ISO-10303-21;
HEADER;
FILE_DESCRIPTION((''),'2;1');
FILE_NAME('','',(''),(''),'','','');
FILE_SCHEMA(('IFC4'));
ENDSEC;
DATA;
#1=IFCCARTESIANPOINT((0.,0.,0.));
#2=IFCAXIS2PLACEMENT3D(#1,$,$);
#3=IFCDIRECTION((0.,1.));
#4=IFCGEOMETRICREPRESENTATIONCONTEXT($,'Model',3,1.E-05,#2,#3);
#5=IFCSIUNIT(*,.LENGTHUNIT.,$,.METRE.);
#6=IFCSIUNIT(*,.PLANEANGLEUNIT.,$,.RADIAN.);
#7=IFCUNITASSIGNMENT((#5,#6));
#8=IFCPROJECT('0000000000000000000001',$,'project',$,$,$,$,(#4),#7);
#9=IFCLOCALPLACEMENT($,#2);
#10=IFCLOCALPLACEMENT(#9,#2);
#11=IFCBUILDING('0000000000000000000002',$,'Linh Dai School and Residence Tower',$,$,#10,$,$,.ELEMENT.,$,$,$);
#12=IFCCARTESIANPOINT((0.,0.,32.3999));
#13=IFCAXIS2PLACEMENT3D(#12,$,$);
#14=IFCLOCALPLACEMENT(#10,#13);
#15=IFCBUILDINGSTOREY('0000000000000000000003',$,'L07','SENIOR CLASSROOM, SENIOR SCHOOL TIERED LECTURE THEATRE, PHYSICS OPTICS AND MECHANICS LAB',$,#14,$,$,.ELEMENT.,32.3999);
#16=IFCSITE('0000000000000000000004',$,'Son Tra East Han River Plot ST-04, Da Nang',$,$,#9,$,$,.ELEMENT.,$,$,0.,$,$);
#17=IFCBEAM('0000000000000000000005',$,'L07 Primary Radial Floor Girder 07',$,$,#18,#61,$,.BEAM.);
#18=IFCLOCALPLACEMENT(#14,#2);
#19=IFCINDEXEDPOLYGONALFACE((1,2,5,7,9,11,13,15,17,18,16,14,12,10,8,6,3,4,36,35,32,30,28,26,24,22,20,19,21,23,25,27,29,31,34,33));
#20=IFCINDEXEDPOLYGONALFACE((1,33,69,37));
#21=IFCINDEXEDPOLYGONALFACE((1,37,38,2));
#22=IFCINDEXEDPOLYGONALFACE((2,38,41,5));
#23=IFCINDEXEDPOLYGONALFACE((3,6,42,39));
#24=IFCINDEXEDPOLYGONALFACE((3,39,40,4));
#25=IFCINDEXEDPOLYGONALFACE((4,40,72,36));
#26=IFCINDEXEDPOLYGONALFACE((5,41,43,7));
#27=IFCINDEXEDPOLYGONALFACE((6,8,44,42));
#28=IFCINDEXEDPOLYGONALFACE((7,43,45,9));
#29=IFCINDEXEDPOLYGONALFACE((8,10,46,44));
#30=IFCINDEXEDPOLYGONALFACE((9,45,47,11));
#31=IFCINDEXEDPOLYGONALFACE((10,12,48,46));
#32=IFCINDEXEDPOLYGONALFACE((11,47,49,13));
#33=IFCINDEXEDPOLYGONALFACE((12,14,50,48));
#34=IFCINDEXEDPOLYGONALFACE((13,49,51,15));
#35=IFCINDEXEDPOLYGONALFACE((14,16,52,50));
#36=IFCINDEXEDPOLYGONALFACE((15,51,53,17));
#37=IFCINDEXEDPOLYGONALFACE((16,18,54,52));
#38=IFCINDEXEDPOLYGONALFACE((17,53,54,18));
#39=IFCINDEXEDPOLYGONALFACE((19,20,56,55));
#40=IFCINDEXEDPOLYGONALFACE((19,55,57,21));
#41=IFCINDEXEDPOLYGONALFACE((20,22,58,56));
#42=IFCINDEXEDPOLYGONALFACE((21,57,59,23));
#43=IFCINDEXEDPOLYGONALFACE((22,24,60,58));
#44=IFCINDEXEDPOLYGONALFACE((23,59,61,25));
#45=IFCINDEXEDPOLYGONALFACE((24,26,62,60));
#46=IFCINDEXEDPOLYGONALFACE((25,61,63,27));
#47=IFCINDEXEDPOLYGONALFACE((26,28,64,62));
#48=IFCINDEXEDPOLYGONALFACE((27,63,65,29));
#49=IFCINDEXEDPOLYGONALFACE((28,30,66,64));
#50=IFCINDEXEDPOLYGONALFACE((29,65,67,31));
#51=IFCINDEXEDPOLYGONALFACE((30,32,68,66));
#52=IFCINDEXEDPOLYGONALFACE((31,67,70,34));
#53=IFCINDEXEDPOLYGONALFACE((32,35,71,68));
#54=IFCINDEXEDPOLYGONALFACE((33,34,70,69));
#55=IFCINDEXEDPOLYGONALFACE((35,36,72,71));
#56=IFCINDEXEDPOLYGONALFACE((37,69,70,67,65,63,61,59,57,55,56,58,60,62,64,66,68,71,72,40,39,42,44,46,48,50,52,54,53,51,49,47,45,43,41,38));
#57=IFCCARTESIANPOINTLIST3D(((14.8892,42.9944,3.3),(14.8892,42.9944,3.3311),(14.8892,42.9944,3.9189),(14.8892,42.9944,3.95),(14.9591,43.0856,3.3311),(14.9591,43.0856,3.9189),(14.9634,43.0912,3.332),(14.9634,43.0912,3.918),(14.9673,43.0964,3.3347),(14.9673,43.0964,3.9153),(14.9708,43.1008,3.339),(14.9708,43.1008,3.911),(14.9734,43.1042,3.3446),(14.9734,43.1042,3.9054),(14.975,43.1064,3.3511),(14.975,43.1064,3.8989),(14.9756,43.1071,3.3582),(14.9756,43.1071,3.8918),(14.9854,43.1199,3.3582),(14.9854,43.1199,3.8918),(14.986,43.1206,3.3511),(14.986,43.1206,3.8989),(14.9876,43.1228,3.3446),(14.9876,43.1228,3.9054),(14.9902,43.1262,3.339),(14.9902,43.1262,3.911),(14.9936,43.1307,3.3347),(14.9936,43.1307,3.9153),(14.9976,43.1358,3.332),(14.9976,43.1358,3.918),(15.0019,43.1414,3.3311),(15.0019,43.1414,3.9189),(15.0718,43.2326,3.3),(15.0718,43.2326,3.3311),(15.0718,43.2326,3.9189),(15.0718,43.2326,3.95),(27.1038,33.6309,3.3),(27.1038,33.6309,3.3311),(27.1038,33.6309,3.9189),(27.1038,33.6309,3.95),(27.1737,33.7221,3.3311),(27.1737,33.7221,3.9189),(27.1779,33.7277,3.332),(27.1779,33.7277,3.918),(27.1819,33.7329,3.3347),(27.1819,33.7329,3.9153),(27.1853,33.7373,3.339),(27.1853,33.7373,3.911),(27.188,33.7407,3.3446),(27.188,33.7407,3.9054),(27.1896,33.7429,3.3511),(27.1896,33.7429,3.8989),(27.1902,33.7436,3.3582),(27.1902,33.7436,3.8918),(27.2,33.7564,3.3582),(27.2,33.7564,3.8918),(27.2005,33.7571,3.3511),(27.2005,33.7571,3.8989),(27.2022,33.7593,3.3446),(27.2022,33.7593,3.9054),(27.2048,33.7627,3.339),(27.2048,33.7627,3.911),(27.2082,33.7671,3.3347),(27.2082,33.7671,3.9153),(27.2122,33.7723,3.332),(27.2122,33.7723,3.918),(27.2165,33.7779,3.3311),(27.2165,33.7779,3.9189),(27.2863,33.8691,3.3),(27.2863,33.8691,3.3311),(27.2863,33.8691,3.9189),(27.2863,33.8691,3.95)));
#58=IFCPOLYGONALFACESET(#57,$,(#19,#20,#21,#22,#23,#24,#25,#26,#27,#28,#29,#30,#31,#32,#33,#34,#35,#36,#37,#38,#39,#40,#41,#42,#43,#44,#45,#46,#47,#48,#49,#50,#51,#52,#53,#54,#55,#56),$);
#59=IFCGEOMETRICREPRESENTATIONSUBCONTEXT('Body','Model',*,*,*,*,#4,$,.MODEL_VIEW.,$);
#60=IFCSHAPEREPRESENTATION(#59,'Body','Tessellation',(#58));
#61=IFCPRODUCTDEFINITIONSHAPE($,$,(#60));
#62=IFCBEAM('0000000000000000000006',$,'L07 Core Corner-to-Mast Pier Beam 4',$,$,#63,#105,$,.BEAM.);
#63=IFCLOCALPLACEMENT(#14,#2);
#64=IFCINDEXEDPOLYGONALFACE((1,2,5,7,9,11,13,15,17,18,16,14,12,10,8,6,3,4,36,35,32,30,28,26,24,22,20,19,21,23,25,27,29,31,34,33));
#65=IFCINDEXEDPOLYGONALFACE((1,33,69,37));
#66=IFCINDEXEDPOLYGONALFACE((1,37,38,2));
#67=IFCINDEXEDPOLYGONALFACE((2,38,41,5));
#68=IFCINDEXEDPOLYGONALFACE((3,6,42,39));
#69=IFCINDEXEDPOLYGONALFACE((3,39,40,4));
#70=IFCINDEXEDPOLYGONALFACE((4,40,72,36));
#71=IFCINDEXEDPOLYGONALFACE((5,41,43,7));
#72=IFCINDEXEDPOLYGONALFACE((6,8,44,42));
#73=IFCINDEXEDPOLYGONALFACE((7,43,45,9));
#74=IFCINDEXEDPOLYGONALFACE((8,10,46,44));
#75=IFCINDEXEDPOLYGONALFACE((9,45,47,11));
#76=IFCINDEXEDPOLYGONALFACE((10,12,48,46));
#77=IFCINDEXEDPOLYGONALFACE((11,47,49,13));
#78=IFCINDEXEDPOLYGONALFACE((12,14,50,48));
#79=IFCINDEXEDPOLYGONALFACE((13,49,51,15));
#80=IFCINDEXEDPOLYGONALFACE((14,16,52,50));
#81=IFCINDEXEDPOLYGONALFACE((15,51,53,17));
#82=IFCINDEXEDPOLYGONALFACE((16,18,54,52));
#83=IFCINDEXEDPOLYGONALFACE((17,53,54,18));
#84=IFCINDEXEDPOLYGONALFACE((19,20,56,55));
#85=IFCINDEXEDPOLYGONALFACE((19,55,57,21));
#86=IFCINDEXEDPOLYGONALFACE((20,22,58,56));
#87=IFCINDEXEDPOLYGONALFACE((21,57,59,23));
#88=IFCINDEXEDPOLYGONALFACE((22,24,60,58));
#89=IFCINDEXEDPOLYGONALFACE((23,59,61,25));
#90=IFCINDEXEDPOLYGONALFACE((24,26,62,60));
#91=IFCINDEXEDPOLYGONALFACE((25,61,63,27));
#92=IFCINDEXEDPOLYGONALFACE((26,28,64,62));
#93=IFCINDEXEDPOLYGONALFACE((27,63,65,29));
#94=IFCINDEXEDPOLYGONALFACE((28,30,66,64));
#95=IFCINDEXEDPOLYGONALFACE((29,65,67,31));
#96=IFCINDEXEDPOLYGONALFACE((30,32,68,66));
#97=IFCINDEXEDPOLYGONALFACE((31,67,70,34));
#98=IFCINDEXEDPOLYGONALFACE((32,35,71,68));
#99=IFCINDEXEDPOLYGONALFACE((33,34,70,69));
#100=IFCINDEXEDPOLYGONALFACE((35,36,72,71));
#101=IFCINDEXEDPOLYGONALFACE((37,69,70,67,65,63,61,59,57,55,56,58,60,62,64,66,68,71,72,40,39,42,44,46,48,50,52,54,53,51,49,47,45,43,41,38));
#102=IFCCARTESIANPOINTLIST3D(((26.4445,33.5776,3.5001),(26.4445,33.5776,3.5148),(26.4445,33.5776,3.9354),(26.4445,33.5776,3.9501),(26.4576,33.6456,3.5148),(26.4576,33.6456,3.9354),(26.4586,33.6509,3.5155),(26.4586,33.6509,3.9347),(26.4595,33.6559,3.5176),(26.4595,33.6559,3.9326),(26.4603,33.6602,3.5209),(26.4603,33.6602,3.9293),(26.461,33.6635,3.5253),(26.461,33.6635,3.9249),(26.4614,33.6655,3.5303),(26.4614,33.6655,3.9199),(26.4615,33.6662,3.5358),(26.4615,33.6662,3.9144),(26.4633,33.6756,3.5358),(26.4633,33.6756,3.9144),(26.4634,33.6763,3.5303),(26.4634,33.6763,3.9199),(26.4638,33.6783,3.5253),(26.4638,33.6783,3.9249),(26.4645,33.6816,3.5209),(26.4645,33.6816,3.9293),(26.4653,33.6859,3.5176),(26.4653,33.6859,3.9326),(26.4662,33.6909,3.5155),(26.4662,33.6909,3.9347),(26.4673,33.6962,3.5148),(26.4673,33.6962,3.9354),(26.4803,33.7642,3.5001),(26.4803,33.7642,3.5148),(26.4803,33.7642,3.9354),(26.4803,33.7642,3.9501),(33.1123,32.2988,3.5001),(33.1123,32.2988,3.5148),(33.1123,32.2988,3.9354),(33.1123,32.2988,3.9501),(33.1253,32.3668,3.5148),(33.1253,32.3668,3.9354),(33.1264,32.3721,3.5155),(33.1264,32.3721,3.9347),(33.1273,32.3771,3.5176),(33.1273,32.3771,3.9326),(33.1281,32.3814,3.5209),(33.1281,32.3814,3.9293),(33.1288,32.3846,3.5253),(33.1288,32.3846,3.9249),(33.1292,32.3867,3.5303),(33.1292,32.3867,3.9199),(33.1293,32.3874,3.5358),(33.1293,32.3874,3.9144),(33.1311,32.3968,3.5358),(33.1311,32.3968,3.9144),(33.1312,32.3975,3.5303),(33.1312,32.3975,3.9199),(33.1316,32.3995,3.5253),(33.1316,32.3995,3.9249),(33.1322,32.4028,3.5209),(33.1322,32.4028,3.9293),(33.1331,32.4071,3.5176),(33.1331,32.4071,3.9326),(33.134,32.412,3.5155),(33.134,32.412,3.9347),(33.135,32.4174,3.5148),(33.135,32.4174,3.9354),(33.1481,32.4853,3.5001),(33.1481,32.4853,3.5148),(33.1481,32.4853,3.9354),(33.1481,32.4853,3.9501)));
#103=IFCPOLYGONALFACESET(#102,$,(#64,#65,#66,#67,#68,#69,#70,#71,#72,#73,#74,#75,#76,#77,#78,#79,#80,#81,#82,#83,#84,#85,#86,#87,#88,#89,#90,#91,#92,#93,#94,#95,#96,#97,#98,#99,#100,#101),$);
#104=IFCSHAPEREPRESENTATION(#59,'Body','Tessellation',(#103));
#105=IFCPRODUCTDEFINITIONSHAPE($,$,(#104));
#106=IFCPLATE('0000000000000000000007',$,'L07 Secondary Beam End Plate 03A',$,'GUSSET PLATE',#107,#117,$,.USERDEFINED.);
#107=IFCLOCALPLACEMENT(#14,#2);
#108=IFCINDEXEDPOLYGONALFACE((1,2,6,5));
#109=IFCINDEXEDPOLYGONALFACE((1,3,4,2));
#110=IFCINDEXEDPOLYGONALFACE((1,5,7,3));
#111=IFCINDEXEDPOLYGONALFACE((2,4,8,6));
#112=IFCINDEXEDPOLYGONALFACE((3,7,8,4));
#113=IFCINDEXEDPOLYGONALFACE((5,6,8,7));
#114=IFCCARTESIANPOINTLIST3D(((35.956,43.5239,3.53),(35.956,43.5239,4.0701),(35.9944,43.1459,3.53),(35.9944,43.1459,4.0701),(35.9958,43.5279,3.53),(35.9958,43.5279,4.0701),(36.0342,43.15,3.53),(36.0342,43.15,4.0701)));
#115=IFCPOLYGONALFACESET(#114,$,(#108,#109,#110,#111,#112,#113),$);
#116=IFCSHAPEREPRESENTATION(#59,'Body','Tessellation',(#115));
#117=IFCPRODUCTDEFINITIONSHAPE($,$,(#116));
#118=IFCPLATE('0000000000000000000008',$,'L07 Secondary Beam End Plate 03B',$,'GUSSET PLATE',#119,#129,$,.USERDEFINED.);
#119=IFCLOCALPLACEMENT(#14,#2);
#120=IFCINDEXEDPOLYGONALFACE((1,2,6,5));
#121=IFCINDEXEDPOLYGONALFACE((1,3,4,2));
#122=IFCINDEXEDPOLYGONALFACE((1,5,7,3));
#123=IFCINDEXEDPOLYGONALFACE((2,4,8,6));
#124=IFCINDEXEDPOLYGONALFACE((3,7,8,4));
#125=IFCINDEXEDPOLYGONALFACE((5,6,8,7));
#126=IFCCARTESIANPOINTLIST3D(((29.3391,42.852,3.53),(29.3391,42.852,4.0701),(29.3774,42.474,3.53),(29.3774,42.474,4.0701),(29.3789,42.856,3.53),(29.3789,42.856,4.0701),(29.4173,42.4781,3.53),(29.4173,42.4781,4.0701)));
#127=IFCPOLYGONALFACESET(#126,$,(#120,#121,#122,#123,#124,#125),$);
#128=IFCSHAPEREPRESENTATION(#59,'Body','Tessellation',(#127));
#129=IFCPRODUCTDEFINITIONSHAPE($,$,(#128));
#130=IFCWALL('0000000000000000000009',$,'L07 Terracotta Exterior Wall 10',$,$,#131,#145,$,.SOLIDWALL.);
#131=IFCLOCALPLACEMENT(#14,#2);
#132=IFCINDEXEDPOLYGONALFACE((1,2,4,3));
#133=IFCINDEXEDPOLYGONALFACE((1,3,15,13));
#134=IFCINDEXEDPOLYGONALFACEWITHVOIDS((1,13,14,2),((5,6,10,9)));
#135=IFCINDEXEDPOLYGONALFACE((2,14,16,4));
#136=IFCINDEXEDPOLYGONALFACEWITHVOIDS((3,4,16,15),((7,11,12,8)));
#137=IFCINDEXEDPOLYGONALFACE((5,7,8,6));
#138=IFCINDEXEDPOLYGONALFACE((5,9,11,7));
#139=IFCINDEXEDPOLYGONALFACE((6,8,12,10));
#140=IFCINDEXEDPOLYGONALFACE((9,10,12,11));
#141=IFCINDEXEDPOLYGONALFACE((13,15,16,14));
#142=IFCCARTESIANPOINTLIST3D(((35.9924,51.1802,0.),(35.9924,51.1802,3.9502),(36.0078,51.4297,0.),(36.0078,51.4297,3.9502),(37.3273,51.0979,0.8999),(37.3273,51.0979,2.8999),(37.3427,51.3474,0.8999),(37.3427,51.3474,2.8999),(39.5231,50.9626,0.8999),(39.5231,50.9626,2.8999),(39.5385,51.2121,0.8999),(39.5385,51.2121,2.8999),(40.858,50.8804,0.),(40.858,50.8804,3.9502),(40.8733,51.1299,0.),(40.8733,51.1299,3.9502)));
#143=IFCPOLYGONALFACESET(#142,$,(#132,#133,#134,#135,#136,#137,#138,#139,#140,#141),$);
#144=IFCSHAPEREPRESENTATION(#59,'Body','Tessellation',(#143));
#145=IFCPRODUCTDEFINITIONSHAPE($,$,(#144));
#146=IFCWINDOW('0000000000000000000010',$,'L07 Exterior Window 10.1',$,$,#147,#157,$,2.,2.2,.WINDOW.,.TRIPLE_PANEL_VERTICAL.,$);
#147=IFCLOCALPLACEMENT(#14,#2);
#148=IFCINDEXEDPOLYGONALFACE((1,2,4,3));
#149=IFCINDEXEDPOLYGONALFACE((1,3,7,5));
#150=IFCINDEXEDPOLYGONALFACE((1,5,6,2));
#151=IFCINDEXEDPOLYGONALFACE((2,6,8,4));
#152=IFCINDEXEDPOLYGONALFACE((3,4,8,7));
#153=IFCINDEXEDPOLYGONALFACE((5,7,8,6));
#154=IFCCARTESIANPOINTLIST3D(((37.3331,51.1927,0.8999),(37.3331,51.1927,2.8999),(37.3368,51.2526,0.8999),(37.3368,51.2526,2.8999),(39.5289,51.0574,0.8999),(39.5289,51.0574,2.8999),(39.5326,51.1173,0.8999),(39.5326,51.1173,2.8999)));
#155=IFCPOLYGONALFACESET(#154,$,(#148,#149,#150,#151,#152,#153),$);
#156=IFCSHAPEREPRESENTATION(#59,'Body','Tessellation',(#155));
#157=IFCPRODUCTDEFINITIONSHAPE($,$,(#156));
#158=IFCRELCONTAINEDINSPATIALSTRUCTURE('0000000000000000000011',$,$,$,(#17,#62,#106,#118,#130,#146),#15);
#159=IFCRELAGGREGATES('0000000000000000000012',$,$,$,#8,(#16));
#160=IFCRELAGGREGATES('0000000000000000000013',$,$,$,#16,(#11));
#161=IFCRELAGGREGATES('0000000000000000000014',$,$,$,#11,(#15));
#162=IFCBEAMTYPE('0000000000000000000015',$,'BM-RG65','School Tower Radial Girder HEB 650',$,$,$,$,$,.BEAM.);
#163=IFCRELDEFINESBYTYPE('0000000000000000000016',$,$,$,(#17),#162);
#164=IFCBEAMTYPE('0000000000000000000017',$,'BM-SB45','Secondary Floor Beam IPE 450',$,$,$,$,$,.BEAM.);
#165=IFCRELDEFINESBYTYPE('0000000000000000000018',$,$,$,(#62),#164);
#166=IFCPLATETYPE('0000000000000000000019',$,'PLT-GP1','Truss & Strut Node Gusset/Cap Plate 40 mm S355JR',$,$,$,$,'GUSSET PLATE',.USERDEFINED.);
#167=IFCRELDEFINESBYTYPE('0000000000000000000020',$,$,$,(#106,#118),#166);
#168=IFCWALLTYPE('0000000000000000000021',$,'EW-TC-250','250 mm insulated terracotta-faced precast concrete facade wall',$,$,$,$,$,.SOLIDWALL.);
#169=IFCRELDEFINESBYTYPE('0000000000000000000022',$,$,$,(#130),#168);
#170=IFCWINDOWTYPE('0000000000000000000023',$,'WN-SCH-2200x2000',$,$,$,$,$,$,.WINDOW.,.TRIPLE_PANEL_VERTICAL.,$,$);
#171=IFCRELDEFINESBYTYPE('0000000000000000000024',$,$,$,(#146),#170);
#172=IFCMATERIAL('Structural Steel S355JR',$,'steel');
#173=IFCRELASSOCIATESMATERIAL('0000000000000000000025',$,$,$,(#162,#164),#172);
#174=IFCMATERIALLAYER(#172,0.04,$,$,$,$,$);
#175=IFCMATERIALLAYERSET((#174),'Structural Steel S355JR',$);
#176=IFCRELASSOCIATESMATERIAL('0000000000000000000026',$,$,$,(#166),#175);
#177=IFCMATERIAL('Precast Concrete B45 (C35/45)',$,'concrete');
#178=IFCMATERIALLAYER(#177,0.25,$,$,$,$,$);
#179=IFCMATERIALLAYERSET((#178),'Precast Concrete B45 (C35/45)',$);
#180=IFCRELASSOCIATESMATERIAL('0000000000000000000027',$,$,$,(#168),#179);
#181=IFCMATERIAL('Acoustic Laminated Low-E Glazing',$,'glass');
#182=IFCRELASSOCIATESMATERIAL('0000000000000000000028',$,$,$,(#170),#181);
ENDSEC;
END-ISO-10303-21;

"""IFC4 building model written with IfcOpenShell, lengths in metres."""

from ifc_helpers import new_model, si_unit, direction, frame, frame_2d, origin, origin_2d, place, context, subcontext, project, spatial, rectangle, i_section, extrude, source, transform, mapped, material, layer, layer_set, material_profile, profile_set, type_object, element, fill, save


model = new_model("IFC4")

# Units and contexts
model_context = context("Model", 3, precision=1e-05, world=origin(), true_north=direction((0.0, 1.0)))
body_context = subcontext(model_context, "Body", "Model", "MODEL_VIEW")
ifc_project = project(units=[si_unit("LENGTHUNIT", "METRE"), si_unit("PLANEANGLEUNIT", "RADIAN")], contexts=[model_context])

# Site, building, storey
site_placement = place(None, origin())
site = spatial("IfcSite", under=ifc_project, at=site_placement, Name="Son Tra East Han River Plot ST-04, Da Nang", CompositionType="ELEMENT", RefElevation=0.0)
building_placement = place(site_placement, origin())
building = spatial("IfcBuilding", under=site, at=building_placement, Name="Linh Dai School and Residence Tower", CompositionType="ELEMENT")
storey_placement = place(building_placement, frame((0.0, 0.0, 32.3999)))
storey = spatial("IfcBuildingStorey", under=building, at=storey_placement, Name="L07", Description="SENIOR CLASSROOM, SENIOR SCHOOL TIERED LECTURE THEATRE, PHYSICS OPTICS AND MECHANICS LAB", CompositionType="ELEMENT", Elevation=32.3999)

# Shared definitions
ifc_material_1 = material(Name="Structural Steel S355JR", Category="steel")

# Beams
ifc_material_profile_1 = material_profile(ifc_material_1, i_section(OverallWidth=0.3, OverallDepth=0.6499, WebThickness=0.0161, FlangeThickness=0.031, FilletRadius=0.0271, at=origin_2d()), Name="HEB 650")
ifc_profile_set_1 = profile_set([ifc_material_profile_1], Name="Structural Steel S355JR")
beam_type_1 = type_object("IfcBeamType", Name="BM-RG65", Description="School Tower Radial Girder HEB 650", PredefinedType="BEAM", material=ifc_profile_set_1)
beam_1_placement = place(storey_placement, frame((27.1951, 33.75, 3.625), z_axis=(-0.793638, 0.608391, 0.0), x_axis=(-0.608391, -0.793638, 0.0)))
element("IfcBeam", 1, at=beam_1_placement, inside=storey, type_object=beam_type_1, Name="L07 Primary Radial Floor Girder 07", PredefinedType="BEAM", context=body_context, shape_type="SweptSolid", body=[
    extrude(i_section(OverallWidth=0.3, OverallDepth=0.6499, WebThickness=0.0161, FlangeThickness=0.031, FilletRadius=0.0271, at=origin_2d()), origin(), (0.0, 0.0, 1.0), 15.3906),
])
ifc_material_profile_2 = material_profile(ifc_material_1, i_section(OverallWidth=0.1899, OverallDepth=0.45, WebThickness=0.0095, FlangeThickness=0.0146, FilletRadius=0.021, at=origin_2d()), Name="IPE 450")
ifc_profile_set_2 = profile_set([ifc_material_profile_2], Name="Structural Steel S355JR")
beam_type_2 = type_object("IfcBeamType", Name="BM-SB45", Description="Secondary Floor Beam IPE 450", PredefinedType="BEAM", material=ifc_profile_set_2)
beam_2_placement = place(storey_placement, frame((26.4624, 33.6709, 3.7251), z_axis=(0.9821, -0.188358, 0.0), x_axis=(0.188358, 0.9821, 0.0)))
element("IfcBeam", 2, at=beam_2_placement, inside=storey, type_object=beam_type_2, Name="L07 Core Corner-to-Mast Pier Beam 4", PredefinedType="BEAM", context=body_context, shape_type="SweptSolid", body=[
    extrude(i_section(OverallWidth=0.1899, OverallDepth=0.45, WebThickness=0.0095, FlangeThickness=0.0146, FilletRadius=0.021, at=origin_2d()), origin(), (0.0, 0.0, 1.0), 6.7893),
])

# Plates
ifc_layer_1 = layer(ifc_material_1, 0.04)
ifc_layer_set_1 = layer_set([ifc_layer_1], Name="Structural Steel S355JR")
plate_type = type_object("IfcPlateType", Name="PLT-GP1", Description="Truss & Strut Node Gusset/Cap Plate 40 mm S355JR", ElementType="GUSSET PLATE", PredefinedType="USERDEFINED", material=ifc_layer_set_1)
shared_shape_1 = source(origin(), body_context, "Body", "SweptSolid", [
    extrude(rectangle(XDim=0.04, YDim=0.3799, at=origin_2d()), origin(), (0.0, 0.0, 1.0), 0.54),
])
for number, where, z_axis, x_axis, name in (
    (3, (35.9951, 43.3369, 3.53), (0.0, 0.0, 1.0), (-0.994884, -0.101023, 0.0), "L07 Secondary Beam End Plate 03A"),
    (4, (29.3782, 42.665, 3.53), (0.0, 0.0, 1.0), (-0.994884, -0.101023, 0.0), "L07 Secondary Beam End Plate 03B"),
):
    element("IfcPlate", number, at=place(storey_placement, frame(where, z_axis=z_axis, x_axis=x_axis)), inside=storey, type_object=plate_type, Name=name, ObjectType="GUSSET PLATE", PredefinedType="USERDEFINED", context=body_context, shape_type="MappedRepresentation", body=[
        mapped(shared_shape_1, transform((0.0, 0.0, 0.0), x_axis=(1.0, 0.0, 0.0), y_axis=(0.0, 1.0, 0.0), z_axis=(0.0, 0.0, 1.0), scale=1.0)),
    ])

# Wall, opening, window
ifc_material_2 = material(Name="Precast Concrete B45 (C35/45)", Category="concrete")
ifc_layer_2 = layer(ifc_material_2, 0.25)
ifc_layer_set_2 = layer_set([ifc_layer_2], Name="Precast Concrete B45 (C35/45)")
wall_type_1 = type_object("IfcWallType", Name="EW-TC-250", Description="250 mm insulated terracotta-faced precast concrete facade wall", PredefinedType="SOLIDWALL", material=ifc_layer_set_2)
wall_1_placement = place(storey_placement, frame((36.0, 51.3049, 0.0), z_axis=(0.0, 0.0, 1.0), x_axis=(0.998107, -0.061502, 0.0)))
wall_1 = element("IfcWall", 5, at=wall_1_placement, inside=storey, type_object=wall_type_1, Name="L07 Terracotta Exterior Wall 10", PredefinedType="SOLIDWALL", context=body_context, shape_type="SweptSolid", body=[
    extrude(rectangle(XDim=4.8748, YDim=0.25, at=frame_2d((2.4375, 0.0))), origin(), (0.0, 0.0, 1.0), 3.9502),
])
opening_1_placement = place(wall_1_placement, frame((1.3374, 0.0, 0.8999)))
opening_1 = element("IfcOpeningElement", 6, at=opening_1_placement, cuts=wall_1, PredefinedType="OPENING", context=body_context, shape_type="SweptSolid", body=[
    extrude(rectangle(XDim=2.2, YDim=2.0, at=origin_2d()), frame((1.1001, 0.135, 1.0), z_axis=(0.0, -1.0, 0.0), x_axis=(1.0, 0.0, 0.0)), (0.0, 0.0, 1.0), 0.27),
])
ifc_material_3 = material(Name="Acoustic Laminated Low-E Glazing", Category="glass")
window_type = type_object("IfcWindowType", Name="WN-SCH-2200x2000", PartitioningType="TRIPLE_PANEL_VERTICAL", PredefinedType="WINDOW", material=ifc_material_3)
shared_shape_2 = source(origin(), body_context, "Body", "SweptSolid", [
    extrude(rectangle(XDim=2.2, YDim=2.0, at=origin_2d()), frame((1.1001, 0.03, 1.0), z_axis=(0.0, -1.0, 0.0), x_axis=(1.0, 0.0, 0.0)), (0.0, 0.0, 1.0), 0.0601),
])
window_1_placement = place(opening_1_placement, origin())
window_1 = element("IfcWindow", 7, at=window_1_placement, inside=storey, type_object=window_type, Name="L07 Exterior Window 10.1", OverallHeight=2.0, OverallWidth=2.2, PartitioningType="TRIPLE_PANEL_VERTICAL", PredefinedType="WINDOW", context=body_context, shape_type="MappedRepresentation", body=[
    mapped(shared_shape_2, transform((0.0, 0.0, 0.0), x_axis=(1.0, 0.0, 0.0), y_axis=(0.0, 1.0, 0.0), z_axis=(0.0, 0.0, 1.0), scale=1.0)),
])
fill(opening_1, window_1)

save(model, "model.ifc")
